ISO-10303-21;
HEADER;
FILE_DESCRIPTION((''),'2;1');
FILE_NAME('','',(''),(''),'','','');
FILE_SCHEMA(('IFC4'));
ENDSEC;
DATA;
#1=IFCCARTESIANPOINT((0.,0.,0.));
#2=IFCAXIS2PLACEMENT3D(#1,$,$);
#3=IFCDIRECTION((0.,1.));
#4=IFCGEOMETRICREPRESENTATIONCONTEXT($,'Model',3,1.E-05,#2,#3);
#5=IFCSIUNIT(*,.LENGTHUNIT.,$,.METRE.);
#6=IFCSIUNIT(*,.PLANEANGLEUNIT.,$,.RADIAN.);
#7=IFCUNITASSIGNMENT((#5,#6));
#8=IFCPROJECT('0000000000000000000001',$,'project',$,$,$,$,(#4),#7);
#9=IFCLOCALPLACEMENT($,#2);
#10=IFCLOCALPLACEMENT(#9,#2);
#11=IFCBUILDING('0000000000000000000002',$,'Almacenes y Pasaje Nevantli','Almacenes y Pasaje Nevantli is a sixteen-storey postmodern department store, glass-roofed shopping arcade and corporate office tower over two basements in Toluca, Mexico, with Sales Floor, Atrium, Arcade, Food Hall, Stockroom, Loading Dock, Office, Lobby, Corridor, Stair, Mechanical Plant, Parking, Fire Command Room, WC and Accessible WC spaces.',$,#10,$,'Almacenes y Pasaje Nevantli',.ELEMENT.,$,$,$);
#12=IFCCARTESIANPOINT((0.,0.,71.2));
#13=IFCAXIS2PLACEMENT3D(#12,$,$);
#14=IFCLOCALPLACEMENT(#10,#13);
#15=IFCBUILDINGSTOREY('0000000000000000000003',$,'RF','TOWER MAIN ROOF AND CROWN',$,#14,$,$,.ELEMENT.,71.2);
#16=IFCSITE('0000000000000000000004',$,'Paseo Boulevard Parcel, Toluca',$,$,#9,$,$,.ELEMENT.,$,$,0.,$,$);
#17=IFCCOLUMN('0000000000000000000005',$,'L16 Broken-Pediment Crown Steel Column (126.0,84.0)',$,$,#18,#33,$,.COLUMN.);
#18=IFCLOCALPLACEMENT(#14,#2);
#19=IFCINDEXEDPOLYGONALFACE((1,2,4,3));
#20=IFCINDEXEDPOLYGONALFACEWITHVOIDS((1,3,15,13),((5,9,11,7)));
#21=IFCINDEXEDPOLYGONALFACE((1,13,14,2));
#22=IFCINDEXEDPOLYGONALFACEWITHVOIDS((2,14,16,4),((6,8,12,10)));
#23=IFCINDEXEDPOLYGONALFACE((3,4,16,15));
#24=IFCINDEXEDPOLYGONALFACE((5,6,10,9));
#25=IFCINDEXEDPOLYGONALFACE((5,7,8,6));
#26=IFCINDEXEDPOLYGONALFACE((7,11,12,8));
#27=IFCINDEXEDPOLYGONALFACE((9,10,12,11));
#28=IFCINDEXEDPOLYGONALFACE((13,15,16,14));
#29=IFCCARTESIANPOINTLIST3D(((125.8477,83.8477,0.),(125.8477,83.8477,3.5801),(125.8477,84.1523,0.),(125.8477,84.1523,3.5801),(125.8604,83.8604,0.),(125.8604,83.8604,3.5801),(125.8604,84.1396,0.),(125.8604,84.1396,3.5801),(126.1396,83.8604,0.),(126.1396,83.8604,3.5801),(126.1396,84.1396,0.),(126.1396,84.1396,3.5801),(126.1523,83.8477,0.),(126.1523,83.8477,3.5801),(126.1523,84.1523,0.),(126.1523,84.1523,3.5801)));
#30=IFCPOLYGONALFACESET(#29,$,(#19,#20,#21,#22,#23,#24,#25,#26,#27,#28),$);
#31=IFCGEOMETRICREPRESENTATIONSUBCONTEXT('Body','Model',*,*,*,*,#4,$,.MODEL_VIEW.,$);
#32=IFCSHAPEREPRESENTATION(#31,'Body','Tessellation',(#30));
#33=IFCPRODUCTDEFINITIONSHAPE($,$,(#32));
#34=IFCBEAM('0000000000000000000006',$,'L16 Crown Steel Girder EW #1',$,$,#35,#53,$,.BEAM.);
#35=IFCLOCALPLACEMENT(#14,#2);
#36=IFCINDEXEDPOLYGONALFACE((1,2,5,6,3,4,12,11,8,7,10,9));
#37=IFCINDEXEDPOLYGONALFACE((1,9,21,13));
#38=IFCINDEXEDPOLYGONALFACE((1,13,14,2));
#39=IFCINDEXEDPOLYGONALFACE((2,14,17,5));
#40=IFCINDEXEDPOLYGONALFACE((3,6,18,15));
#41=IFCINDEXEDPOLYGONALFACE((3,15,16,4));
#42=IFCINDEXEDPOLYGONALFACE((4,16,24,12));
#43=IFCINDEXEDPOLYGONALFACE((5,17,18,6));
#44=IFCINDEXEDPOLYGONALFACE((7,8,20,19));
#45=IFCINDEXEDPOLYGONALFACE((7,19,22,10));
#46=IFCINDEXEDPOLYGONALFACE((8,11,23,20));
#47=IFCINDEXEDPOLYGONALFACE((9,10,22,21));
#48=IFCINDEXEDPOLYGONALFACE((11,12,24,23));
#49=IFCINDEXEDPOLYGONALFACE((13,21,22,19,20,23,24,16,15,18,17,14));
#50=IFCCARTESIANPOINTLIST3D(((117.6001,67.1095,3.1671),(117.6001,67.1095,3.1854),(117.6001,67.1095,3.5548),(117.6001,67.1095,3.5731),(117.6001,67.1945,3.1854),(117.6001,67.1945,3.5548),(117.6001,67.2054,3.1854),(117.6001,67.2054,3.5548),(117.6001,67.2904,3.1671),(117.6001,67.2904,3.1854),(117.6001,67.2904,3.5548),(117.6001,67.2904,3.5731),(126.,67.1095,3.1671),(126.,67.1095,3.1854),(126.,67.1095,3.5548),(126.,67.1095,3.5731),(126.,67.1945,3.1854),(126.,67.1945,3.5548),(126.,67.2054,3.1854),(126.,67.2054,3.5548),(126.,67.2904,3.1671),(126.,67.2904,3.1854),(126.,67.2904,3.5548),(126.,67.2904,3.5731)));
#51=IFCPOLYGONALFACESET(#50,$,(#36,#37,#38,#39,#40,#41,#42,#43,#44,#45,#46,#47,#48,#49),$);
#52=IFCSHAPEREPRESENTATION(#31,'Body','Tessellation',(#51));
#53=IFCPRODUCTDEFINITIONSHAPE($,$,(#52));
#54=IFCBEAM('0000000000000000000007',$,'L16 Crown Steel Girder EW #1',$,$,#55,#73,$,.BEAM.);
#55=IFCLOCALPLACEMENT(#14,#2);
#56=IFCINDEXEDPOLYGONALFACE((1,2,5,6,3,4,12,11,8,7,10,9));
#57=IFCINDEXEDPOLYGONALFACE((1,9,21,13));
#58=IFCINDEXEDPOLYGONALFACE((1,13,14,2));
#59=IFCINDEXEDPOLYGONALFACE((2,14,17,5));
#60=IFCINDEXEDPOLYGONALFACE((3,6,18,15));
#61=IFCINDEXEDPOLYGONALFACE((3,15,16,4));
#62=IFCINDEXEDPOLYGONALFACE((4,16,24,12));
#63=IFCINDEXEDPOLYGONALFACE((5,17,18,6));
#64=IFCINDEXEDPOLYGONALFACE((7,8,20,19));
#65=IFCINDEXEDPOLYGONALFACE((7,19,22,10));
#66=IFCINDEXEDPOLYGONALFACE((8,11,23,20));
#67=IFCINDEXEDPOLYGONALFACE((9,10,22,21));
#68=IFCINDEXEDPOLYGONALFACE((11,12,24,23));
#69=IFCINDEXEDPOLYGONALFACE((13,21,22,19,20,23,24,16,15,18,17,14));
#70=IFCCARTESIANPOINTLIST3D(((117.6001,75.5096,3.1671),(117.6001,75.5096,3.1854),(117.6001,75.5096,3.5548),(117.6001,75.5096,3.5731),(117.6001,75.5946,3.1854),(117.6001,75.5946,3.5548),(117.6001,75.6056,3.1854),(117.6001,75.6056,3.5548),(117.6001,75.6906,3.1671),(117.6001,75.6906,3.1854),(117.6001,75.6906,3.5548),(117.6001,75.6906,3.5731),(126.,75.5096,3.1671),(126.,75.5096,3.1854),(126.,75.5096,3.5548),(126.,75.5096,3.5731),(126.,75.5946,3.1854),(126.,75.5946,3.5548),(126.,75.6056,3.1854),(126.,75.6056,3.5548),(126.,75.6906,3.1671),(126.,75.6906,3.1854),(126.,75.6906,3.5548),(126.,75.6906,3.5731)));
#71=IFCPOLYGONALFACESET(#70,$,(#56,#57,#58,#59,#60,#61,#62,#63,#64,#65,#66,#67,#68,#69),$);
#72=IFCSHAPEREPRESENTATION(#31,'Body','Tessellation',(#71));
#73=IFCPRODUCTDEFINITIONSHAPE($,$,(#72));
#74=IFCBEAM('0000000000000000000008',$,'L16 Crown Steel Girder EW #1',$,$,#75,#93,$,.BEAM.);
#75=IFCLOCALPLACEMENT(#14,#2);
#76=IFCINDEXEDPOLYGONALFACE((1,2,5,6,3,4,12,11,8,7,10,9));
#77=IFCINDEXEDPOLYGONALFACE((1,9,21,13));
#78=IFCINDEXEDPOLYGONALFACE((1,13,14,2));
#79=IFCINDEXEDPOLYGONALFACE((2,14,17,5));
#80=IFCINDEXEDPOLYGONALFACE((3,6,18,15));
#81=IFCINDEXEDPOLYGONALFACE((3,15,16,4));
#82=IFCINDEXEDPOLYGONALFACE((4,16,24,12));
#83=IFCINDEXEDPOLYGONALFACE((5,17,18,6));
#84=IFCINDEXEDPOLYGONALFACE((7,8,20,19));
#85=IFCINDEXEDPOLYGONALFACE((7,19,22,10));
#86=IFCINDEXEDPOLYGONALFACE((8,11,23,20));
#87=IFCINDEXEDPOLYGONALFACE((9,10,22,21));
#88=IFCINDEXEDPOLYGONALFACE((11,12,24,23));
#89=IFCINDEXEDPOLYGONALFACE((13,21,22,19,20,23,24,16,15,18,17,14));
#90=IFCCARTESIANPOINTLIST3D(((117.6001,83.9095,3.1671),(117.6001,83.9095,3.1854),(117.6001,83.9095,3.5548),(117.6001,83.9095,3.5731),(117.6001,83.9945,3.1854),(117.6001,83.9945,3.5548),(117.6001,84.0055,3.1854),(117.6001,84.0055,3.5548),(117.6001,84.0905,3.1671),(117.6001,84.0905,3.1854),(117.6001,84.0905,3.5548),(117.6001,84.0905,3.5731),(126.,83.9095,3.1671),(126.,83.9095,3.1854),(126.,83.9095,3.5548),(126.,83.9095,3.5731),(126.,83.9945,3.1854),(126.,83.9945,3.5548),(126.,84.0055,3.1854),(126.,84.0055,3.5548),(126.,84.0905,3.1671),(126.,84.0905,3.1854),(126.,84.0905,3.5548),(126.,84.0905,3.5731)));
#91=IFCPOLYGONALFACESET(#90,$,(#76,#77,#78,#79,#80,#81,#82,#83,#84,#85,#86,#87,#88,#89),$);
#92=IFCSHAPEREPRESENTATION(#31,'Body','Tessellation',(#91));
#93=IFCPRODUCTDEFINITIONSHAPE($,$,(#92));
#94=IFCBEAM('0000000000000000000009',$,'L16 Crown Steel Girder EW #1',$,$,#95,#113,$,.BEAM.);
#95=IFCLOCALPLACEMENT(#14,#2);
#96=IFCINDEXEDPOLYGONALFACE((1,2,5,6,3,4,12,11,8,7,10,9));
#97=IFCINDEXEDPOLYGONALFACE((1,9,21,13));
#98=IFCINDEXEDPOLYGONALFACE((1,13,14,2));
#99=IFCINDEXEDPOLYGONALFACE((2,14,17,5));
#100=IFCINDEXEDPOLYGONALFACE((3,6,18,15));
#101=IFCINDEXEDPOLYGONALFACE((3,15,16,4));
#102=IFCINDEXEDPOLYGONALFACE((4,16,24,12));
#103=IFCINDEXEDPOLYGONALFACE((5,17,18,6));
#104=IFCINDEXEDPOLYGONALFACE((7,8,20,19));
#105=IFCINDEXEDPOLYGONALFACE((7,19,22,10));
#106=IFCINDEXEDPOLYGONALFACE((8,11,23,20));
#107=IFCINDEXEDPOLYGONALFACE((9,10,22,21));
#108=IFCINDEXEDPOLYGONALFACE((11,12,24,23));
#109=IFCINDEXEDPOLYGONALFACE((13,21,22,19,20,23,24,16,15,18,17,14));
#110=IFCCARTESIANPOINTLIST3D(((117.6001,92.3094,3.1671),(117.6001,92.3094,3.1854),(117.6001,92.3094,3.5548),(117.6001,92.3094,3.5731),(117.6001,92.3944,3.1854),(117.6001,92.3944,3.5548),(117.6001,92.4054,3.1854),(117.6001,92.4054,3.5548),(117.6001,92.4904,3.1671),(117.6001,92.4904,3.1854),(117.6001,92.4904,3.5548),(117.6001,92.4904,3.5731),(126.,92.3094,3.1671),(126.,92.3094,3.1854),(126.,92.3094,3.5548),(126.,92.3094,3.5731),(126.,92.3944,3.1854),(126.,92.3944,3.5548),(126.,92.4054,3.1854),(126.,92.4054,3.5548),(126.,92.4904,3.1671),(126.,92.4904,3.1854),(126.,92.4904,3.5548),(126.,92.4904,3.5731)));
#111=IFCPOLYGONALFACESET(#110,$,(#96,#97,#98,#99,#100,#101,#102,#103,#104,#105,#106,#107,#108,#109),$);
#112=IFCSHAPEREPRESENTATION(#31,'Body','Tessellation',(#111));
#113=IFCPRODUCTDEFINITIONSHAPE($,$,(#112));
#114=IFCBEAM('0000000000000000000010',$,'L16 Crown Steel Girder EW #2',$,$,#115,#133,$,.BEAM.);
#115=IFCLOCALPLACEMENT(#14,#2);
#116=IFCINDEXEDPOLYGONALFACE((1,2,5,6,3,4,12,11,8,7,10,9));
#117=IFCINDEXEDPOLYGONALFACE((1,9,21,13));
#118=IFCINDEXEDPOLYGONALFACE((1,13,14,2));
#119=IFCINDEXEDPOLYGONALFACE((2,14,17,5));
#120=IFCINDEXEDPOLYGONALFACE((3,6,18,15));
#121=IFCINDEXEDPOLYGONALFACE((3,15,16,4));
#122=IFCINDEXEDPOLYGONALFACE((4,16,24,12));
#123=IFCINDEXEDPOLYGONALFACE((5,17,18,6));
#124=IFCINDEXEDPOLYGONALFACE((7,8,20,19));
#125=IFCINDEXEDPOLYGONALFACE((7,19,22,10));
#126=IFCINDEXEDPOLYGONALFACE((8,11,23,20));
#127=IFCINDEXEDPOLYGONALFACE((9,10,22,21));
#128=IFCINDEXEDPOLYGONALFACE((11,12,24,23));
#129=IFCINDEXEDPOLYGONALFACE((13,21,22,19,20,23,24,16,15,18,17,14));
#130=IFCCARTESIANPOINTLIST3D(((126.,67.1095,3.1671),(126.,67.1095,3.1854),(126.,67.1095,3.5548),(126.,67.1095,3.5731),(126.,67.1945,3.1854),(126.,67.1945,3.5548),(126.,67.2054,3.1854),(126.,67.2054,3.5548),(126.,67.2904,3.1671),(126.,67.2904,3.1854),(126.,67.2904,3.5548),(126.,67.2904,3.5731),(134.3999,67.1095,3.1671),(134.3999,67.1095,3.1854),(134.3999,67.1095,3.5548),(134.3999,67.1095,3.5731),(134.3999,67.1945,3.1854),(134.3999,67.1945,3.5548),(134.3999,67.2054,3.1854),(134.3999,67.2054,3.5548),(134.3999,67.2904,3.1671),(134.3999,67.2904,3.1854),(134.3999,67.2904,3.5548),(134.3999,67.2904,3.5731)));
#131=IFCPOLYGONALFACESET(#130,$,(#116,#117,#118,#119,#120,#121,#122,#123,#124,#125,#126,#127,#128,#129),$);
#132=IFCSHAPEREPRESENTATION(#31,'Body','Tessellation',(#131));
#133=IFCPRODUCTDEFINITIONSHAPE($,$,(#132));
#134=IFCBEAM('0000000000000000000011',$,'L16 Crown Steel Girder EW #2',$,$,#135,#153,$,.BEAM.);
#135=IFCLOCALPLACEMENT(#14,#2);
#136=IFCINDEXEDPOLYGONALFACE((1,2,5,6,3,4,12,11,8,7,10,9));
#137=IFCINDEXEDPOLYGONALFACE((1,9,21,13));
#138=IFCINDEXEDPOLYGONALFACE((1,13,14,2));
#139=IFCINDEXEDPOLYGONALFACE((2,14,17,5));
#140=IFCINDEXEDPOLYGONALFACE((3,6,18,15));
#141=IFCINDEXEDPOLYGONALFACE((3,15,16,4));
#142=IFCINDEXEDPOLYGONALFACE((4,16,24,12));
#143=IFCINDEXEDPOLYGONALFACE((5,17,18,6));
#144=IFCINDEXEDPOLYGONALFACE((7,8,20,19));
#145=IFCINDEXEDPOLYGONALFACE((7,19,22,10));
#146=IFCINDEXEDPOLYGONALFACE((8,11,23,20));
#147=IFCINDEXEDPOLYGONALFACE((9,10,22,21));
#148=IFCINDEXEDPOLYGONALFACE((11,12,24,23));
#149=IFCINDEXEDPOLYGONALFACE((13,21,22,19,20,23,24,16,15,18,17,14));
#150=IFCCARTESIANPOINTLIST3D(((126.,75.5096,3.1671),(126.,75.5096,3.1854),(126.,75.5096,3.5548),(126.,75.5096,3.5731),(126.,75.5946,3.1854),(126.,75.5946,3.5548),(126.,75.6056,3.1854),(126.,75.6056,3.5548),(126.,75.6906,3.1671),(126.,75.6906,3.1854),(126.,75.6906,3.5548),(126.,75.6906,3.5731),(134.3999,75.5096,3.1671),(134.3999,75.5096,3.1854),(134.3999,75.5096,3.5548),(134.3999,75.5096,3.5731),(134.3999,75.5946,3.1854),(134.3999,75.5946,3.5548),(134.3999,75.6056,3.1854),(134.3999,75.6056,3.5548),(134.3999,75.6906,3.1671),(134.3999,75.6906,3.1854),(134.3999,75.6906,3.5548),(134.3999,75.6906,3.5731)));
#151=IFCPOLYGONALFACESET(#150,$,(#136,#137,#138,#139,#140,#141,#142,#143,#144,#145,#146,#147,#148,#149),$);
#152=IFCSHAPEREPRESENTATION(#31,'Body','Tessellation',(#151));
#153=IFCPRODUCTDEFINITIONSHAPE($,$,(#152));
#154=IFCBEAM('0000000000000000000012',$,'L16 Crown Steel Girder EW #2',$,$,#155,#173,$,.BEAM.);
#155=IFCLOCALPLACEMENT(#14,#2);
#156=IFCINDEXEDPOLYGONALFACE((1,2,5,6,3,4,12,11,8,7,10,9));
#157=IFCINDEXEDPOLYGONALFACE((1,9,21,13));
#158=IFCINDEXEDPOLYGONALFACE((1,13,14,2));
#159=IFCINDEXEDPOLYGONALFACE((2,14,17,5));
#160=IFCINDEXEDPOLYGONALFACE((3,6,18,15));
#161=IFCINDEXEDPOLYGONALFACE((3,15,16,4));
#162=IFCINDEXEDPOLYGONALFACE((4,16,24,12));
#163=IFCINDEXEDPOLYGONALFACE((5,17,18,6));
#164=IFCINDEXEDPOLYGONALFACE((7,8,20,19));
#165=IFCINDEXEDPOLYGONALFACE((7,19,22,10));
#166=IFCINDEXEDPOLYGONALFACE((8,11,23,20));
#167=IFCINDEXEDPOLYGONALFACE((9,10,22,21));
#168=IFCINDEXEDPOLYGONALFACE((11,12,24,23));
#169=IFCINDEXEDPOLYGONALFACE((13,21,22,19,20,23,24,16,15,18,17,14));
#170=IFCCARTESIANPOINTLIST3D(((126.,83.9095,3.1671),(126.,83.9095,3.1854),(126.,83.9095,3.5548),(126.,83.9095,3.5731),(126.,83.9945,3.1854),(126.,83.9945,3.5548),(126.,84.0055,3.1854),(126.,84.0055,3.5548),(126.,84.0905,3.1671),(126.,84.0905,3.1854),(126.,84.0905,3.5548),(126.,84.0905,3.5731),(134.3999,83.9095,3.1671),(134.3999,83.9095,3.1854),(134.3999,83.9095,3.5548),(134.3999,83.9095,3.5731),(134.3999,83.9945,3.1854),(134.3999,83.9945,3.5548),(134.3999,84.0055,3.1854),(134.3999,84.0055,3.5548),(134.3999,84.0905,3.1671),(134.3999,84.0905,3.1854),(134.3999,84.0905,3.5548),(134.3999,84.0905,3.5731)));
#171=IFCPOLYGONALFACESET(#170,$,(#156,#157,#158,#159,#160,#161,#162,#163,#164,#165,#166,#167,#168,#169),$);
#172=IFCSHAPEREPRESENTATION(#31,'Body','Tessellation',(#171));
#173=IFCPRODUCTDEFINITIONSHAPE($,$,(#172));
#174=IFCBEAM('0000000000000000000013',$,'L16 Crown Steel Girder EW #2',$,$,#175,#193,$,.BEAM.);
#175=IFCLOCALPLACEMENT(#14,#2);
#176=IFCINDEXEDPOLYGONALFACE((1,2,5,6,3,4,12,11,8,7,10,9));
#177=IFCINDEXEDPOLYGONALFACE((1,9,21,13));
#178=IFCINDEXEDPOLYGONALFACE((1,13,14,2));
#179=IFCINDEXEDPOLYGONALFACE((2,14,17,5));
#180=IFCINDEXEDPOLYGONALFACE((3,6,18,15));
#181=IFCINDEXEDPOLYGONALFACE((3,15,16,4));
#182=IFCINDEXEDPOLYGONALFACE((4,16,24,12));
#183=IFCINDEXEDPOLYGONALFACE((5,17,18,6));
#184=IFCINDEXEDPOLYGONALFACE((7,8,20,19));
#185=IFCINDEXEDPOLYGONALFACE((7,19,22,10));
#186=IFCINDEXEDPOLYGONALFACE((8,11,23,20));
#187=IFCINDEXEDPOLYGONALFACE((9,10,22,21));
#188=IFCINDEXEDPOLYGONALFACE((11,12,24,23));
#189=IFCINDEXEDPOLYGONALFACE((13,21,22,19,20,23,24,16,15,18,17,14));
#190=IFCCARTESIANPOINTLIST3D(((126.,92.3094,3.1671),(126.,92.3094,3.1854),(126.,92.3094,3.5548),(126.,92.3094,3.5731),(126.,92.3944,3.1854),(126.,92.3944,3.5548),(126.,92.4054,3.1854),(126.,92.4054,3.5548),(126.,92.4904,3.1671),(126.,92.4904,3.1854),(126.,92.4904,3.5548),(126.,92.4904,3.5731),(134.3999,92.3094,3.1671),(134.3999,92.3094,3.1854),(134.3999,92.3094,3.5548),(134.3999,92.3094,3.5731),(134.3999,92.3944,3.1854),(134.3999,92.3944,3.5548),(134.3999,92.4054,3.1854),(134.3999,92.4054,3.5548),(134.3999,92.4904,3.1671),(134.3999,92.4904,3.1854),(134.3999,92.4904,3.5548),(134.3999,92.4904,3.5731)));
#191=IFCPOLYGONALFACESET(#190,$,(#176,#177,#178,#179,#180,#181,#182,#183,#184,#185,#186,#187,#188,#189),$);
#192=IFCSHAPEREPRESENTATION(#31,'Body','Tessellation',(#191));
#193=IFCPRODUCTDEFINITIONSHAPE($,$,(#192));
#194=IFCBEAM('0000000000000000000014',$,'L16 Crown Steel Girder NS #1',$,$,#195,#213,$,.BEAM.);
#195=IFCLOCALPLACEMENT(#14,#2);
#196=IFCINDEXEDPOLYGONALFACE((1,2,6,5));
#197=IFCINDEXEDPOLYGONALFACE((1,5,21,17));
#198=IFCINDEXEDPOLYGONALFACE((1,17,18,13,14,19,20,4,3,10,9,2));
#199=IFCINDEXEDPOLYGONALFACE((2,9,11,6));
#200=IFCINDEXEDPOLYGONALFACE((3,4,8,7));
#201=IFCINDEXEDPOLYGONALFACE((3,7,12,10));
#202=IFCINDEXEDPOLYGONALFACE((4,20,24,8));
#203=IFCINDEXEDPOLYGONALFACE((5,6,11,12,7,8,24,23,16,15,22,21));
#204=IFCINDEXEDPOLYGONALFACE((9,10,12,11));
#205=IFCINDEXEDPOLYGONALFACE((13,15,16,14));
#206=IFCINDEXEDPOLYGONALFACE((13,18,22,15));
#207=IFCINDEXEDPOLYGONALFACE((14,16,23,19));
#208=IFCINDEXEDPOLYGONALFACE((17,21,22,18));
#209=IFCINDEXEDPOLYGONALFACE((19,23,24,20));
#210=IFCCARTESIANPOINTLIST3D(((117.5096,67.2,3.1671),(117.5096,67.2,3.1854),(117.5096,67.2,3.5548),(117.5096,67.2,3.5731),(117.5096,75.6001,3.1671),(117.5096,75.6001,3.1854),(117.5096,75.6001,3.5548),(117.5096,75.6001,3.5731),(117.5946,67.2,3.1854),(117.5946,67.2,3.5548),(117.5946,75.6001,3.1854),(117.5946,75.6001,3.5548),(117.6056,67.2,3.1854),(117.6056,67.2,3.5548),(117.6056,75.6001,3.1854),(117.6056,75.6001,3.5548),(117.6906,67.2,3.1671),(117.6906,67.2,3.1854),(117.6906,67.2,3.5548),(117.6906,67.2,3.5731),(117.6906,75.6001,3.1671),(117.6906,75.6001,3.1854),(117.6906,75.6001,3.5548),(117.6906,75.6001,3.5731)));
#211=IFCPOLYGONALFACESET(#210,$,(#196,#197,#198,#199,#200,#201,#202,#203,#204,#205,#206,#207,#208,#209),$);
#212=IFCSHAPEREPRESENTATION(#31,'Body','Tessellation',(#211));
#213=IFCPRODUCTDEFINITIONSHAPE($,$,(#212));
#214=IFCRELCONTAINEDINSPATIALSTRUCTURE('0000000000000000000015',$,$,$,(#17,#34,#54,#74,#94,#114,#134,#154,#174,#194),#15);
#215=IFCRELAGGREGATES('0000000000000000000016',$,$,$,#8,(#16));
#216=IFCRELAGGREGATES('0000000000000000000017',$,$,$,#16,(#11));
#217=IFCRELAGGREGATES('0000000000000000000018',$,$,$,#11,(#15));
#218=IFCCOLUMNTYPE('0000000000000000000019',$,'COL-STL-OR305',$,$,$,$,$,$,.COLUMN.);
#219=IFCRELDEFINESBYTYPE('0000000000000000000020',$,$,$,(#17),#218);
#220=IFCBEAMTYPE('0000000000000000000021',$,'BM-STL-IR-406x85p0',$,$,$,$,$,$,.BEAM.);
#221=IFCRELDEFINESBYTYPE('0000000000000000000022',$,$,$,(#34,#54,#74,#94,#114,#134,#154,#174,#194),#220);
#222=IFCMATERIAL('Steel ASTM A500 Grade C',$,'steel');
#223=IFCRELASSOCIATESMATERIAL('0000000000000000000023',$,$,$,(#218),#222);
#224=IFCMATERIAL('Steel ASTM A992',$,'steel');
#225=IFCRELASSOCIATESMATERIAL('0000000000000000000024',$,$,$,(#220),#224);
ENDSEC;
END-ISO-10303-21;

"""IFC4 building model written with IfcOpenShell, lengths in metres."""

from ifc_helpers import new_model, si_unit, direction, frame, origin, origin_2d, place, context, subcontext, project, spatial, hollow_rectangle, i_section, extrude, material, material_profile, profile_set, type_object, element, save


model = new_model("IFC4")

# Units and contexts
model_context = context("Model", 3, precision=1e-05, world=origin(), true_north=direction((0.0, 1.0)))
body_context = subcontext(model_context, "Body", "Model", "MODEL_VIEW")
ifc_project = project(units=[si_unit("LENGTHUNIT", "METRE"), si_unit("PLANEANGLEUNIT", "RADIAN")], contexts=[model_context])

# Site, building, storey
site_placement = place(None, origin())
site = spatial("IfcSite", under=ifc_project, at=site_placement, Name="Paseo Boulevard Parcel, Toluca", CompositionType="ELEMENT", RefElevation=0.0)
building_placement = place(site_placement, origin())
building = spatial("IfcBuilding", under=site, at=building_placement, Name="Almacenes y Pasaje Nevantli", Description="Almacenes y Pasaje Nevantli is a sixteen-storey postmodern department store, glass-roofed shopping arcade and corporate office tower over two basements in Toluca, Mexico, with Sales Floor, Atrium, Arcade, Food Hall, Stockroom, Loading Dock, Office, Lobby, Corridor, Stair, Mechanical Plant, Parking, Fire Command Room, WC and Accessible WC spaces.", LongName="Almacenes y Pasaje Nevantli", CompositionType="ELEMENT")
storey_placement = place(building_placement, frame((0.0, 0.0, 71.2)))
storey = spatial("IfcBuildingStorey", under=building, at=storey_placement, Name="RF", Description="TOWER MAIN ROOF AND CROWN", CompositionType="ELEMENT", Elevation=71.2)

# Column
ifc_material_1 = material(Name="Steel ASTM A500 Grade C", Category="steel")
ifc_material_profile_1 = material_profile(ifc_material_1, hollow_rectangle(XDim=0.3047, YDim=0.3047, WallThickness=0.0127, at=origin_2d()), Name="OR 305x305x12.7")
ifc_profile_set_1 = profile_set([ifc_material_profile_1], Name="Steel ASTM A500 Grade C")
column_type_1 = type_object("IfcColumnType", Name="COL-STL-OR305", PredefinedType="COLUMN", material=ifc_profile_set_1)
for number, where, z_axis, x_axis, name in (
    (1, (126.0, 84.0, 0.0), (0.0, 0.0, 1.0), (1.0, 0.0, 0.0), "L16 Broken-Pediment Crown Steel Column (126.0,84.0)"),
):
    element("IfcColumn", number, at=place(storey_placement, frame(where, z_axis=z_axis, x_axis=x_axis)), inside=storey, type_object=column_type_1, Name=name, PredefinedType="COLUMN", context=body_context, shape_type="SweptSolid", body=[
        extrude(hollow_rectangle(XDim=0.3047, YDim=0.3047, WallThickness=0.0127, at=origin_2d()), origin(), (0.0, 0.0, 1.0), 3.5801),
    ])

# Beams
ifc_material_2 = material(Name="Steel ASTM A992", Category="steel")
ifc_material_profile_2 = material_profile(ifc_material_2, i_section(OverallWidth=0.1809, OverallDepth=0.406, WebThickness=0.011, FlangeThickness=0.0183, at=origin_2d()), Name="IR 406x85.0")
ifc_profile_set_2 = profile_set([ifc_material_profile_2], Name="Steel ASTM A992")
beam_type = type_object("IfcBeamType", Name="BM-STL-IR-406x85p0", PredefinedType="BEAM", material=ifc_profile_set_2)
for number, where, z_axis, x_axis, name in (
    (2, (117.6001, 67.2, 3.3701), (1.0, 0.0, 0.0), (0.0, 1.0, 0.0), "L16 Crown Steel Girder EW #1"),
    (3, (117.6001, 75.6001, 3.3701), (1.0, 0.0, 0.0), (0.0, 1.0, 0.0), "L16 Crown Steel Girder EW #1"),
    (4, (117.6001, 84.0, 3.3701), (1.0, 0.0, 0.0), (0.0, 1.0, 0.0), "L16 Crown Steel Girder EW #1"),
    (5, (117.6001, 92.3999, 3.3701), (1.0, 0.0, 0.0), (0.0, 1.0, 0.0), "L16 Crown Steel Girder EW #1"),
    (6, (126.0, 67.2, 3.3701), (1.0, 0.0, 0.0), (0.0, 1.0, 0.0), "L16 Crown Steel Girder EW #2"),
    (7, (126.0, 75.6001, 3.3701), (1.0, 0.0, 0.0), (0.0, 1.0, 0.0), "L16 Crown Steel Girder EW #2"),
    (8, (126.0, 84.0, 3.3701), (1.0, 0.0, 0.0), (0.0, 1.0, 0.0), "L16 Crown Steel Girder EW #2"),
    (9, (126.0, 92.3999, 3.3701), (1.0, 0.0, 0.0), (0.0, 1.0, 0.0), "L16 Crown Steel Girder EW #2"),
):
    element("IfcBeam", number, at=place(storey_placement, frame(where, z_axis=z_axis, x_axis=x_axis)), inside=storey, type_object=beam_type, Name=name, PredefinedType="BEAM", context=body_context, shape_type="SweptSolid", body=[
        extrude(i_section(OverallWidth=0.1809, OverallDepth=0.406, WebThickness=0.011, FlangeThickness=0.0183, at=origin_2d()), origin(), (0.0, 0.0, 1.0), 8.3999),
    ])
beam_placement = place(storey_placement, frame((117.6001, 67.2, 3.3701), z_axis=(0.0, 1.0, 0.0), x_axis=(-1.0, 0.0, 0.0)))
element("IfcBeam", 10, at=beam_placement, inside=storey, type_object=beam_type, Name="L16 Crown Steel Girder NS #1", PredefinedType="BEAM", context=body_context, shape_type="SweptSolid", body=[
    extrude(i_section(OverallWidth=0.1809, OverallDepth=0.406, WebThickness=0.011, FlangeThickness=0.0183, at=origin_2d()), origin(), (0.0, 0.0, 1.0), 8.4001),
])

save(model, "model.ifc")
